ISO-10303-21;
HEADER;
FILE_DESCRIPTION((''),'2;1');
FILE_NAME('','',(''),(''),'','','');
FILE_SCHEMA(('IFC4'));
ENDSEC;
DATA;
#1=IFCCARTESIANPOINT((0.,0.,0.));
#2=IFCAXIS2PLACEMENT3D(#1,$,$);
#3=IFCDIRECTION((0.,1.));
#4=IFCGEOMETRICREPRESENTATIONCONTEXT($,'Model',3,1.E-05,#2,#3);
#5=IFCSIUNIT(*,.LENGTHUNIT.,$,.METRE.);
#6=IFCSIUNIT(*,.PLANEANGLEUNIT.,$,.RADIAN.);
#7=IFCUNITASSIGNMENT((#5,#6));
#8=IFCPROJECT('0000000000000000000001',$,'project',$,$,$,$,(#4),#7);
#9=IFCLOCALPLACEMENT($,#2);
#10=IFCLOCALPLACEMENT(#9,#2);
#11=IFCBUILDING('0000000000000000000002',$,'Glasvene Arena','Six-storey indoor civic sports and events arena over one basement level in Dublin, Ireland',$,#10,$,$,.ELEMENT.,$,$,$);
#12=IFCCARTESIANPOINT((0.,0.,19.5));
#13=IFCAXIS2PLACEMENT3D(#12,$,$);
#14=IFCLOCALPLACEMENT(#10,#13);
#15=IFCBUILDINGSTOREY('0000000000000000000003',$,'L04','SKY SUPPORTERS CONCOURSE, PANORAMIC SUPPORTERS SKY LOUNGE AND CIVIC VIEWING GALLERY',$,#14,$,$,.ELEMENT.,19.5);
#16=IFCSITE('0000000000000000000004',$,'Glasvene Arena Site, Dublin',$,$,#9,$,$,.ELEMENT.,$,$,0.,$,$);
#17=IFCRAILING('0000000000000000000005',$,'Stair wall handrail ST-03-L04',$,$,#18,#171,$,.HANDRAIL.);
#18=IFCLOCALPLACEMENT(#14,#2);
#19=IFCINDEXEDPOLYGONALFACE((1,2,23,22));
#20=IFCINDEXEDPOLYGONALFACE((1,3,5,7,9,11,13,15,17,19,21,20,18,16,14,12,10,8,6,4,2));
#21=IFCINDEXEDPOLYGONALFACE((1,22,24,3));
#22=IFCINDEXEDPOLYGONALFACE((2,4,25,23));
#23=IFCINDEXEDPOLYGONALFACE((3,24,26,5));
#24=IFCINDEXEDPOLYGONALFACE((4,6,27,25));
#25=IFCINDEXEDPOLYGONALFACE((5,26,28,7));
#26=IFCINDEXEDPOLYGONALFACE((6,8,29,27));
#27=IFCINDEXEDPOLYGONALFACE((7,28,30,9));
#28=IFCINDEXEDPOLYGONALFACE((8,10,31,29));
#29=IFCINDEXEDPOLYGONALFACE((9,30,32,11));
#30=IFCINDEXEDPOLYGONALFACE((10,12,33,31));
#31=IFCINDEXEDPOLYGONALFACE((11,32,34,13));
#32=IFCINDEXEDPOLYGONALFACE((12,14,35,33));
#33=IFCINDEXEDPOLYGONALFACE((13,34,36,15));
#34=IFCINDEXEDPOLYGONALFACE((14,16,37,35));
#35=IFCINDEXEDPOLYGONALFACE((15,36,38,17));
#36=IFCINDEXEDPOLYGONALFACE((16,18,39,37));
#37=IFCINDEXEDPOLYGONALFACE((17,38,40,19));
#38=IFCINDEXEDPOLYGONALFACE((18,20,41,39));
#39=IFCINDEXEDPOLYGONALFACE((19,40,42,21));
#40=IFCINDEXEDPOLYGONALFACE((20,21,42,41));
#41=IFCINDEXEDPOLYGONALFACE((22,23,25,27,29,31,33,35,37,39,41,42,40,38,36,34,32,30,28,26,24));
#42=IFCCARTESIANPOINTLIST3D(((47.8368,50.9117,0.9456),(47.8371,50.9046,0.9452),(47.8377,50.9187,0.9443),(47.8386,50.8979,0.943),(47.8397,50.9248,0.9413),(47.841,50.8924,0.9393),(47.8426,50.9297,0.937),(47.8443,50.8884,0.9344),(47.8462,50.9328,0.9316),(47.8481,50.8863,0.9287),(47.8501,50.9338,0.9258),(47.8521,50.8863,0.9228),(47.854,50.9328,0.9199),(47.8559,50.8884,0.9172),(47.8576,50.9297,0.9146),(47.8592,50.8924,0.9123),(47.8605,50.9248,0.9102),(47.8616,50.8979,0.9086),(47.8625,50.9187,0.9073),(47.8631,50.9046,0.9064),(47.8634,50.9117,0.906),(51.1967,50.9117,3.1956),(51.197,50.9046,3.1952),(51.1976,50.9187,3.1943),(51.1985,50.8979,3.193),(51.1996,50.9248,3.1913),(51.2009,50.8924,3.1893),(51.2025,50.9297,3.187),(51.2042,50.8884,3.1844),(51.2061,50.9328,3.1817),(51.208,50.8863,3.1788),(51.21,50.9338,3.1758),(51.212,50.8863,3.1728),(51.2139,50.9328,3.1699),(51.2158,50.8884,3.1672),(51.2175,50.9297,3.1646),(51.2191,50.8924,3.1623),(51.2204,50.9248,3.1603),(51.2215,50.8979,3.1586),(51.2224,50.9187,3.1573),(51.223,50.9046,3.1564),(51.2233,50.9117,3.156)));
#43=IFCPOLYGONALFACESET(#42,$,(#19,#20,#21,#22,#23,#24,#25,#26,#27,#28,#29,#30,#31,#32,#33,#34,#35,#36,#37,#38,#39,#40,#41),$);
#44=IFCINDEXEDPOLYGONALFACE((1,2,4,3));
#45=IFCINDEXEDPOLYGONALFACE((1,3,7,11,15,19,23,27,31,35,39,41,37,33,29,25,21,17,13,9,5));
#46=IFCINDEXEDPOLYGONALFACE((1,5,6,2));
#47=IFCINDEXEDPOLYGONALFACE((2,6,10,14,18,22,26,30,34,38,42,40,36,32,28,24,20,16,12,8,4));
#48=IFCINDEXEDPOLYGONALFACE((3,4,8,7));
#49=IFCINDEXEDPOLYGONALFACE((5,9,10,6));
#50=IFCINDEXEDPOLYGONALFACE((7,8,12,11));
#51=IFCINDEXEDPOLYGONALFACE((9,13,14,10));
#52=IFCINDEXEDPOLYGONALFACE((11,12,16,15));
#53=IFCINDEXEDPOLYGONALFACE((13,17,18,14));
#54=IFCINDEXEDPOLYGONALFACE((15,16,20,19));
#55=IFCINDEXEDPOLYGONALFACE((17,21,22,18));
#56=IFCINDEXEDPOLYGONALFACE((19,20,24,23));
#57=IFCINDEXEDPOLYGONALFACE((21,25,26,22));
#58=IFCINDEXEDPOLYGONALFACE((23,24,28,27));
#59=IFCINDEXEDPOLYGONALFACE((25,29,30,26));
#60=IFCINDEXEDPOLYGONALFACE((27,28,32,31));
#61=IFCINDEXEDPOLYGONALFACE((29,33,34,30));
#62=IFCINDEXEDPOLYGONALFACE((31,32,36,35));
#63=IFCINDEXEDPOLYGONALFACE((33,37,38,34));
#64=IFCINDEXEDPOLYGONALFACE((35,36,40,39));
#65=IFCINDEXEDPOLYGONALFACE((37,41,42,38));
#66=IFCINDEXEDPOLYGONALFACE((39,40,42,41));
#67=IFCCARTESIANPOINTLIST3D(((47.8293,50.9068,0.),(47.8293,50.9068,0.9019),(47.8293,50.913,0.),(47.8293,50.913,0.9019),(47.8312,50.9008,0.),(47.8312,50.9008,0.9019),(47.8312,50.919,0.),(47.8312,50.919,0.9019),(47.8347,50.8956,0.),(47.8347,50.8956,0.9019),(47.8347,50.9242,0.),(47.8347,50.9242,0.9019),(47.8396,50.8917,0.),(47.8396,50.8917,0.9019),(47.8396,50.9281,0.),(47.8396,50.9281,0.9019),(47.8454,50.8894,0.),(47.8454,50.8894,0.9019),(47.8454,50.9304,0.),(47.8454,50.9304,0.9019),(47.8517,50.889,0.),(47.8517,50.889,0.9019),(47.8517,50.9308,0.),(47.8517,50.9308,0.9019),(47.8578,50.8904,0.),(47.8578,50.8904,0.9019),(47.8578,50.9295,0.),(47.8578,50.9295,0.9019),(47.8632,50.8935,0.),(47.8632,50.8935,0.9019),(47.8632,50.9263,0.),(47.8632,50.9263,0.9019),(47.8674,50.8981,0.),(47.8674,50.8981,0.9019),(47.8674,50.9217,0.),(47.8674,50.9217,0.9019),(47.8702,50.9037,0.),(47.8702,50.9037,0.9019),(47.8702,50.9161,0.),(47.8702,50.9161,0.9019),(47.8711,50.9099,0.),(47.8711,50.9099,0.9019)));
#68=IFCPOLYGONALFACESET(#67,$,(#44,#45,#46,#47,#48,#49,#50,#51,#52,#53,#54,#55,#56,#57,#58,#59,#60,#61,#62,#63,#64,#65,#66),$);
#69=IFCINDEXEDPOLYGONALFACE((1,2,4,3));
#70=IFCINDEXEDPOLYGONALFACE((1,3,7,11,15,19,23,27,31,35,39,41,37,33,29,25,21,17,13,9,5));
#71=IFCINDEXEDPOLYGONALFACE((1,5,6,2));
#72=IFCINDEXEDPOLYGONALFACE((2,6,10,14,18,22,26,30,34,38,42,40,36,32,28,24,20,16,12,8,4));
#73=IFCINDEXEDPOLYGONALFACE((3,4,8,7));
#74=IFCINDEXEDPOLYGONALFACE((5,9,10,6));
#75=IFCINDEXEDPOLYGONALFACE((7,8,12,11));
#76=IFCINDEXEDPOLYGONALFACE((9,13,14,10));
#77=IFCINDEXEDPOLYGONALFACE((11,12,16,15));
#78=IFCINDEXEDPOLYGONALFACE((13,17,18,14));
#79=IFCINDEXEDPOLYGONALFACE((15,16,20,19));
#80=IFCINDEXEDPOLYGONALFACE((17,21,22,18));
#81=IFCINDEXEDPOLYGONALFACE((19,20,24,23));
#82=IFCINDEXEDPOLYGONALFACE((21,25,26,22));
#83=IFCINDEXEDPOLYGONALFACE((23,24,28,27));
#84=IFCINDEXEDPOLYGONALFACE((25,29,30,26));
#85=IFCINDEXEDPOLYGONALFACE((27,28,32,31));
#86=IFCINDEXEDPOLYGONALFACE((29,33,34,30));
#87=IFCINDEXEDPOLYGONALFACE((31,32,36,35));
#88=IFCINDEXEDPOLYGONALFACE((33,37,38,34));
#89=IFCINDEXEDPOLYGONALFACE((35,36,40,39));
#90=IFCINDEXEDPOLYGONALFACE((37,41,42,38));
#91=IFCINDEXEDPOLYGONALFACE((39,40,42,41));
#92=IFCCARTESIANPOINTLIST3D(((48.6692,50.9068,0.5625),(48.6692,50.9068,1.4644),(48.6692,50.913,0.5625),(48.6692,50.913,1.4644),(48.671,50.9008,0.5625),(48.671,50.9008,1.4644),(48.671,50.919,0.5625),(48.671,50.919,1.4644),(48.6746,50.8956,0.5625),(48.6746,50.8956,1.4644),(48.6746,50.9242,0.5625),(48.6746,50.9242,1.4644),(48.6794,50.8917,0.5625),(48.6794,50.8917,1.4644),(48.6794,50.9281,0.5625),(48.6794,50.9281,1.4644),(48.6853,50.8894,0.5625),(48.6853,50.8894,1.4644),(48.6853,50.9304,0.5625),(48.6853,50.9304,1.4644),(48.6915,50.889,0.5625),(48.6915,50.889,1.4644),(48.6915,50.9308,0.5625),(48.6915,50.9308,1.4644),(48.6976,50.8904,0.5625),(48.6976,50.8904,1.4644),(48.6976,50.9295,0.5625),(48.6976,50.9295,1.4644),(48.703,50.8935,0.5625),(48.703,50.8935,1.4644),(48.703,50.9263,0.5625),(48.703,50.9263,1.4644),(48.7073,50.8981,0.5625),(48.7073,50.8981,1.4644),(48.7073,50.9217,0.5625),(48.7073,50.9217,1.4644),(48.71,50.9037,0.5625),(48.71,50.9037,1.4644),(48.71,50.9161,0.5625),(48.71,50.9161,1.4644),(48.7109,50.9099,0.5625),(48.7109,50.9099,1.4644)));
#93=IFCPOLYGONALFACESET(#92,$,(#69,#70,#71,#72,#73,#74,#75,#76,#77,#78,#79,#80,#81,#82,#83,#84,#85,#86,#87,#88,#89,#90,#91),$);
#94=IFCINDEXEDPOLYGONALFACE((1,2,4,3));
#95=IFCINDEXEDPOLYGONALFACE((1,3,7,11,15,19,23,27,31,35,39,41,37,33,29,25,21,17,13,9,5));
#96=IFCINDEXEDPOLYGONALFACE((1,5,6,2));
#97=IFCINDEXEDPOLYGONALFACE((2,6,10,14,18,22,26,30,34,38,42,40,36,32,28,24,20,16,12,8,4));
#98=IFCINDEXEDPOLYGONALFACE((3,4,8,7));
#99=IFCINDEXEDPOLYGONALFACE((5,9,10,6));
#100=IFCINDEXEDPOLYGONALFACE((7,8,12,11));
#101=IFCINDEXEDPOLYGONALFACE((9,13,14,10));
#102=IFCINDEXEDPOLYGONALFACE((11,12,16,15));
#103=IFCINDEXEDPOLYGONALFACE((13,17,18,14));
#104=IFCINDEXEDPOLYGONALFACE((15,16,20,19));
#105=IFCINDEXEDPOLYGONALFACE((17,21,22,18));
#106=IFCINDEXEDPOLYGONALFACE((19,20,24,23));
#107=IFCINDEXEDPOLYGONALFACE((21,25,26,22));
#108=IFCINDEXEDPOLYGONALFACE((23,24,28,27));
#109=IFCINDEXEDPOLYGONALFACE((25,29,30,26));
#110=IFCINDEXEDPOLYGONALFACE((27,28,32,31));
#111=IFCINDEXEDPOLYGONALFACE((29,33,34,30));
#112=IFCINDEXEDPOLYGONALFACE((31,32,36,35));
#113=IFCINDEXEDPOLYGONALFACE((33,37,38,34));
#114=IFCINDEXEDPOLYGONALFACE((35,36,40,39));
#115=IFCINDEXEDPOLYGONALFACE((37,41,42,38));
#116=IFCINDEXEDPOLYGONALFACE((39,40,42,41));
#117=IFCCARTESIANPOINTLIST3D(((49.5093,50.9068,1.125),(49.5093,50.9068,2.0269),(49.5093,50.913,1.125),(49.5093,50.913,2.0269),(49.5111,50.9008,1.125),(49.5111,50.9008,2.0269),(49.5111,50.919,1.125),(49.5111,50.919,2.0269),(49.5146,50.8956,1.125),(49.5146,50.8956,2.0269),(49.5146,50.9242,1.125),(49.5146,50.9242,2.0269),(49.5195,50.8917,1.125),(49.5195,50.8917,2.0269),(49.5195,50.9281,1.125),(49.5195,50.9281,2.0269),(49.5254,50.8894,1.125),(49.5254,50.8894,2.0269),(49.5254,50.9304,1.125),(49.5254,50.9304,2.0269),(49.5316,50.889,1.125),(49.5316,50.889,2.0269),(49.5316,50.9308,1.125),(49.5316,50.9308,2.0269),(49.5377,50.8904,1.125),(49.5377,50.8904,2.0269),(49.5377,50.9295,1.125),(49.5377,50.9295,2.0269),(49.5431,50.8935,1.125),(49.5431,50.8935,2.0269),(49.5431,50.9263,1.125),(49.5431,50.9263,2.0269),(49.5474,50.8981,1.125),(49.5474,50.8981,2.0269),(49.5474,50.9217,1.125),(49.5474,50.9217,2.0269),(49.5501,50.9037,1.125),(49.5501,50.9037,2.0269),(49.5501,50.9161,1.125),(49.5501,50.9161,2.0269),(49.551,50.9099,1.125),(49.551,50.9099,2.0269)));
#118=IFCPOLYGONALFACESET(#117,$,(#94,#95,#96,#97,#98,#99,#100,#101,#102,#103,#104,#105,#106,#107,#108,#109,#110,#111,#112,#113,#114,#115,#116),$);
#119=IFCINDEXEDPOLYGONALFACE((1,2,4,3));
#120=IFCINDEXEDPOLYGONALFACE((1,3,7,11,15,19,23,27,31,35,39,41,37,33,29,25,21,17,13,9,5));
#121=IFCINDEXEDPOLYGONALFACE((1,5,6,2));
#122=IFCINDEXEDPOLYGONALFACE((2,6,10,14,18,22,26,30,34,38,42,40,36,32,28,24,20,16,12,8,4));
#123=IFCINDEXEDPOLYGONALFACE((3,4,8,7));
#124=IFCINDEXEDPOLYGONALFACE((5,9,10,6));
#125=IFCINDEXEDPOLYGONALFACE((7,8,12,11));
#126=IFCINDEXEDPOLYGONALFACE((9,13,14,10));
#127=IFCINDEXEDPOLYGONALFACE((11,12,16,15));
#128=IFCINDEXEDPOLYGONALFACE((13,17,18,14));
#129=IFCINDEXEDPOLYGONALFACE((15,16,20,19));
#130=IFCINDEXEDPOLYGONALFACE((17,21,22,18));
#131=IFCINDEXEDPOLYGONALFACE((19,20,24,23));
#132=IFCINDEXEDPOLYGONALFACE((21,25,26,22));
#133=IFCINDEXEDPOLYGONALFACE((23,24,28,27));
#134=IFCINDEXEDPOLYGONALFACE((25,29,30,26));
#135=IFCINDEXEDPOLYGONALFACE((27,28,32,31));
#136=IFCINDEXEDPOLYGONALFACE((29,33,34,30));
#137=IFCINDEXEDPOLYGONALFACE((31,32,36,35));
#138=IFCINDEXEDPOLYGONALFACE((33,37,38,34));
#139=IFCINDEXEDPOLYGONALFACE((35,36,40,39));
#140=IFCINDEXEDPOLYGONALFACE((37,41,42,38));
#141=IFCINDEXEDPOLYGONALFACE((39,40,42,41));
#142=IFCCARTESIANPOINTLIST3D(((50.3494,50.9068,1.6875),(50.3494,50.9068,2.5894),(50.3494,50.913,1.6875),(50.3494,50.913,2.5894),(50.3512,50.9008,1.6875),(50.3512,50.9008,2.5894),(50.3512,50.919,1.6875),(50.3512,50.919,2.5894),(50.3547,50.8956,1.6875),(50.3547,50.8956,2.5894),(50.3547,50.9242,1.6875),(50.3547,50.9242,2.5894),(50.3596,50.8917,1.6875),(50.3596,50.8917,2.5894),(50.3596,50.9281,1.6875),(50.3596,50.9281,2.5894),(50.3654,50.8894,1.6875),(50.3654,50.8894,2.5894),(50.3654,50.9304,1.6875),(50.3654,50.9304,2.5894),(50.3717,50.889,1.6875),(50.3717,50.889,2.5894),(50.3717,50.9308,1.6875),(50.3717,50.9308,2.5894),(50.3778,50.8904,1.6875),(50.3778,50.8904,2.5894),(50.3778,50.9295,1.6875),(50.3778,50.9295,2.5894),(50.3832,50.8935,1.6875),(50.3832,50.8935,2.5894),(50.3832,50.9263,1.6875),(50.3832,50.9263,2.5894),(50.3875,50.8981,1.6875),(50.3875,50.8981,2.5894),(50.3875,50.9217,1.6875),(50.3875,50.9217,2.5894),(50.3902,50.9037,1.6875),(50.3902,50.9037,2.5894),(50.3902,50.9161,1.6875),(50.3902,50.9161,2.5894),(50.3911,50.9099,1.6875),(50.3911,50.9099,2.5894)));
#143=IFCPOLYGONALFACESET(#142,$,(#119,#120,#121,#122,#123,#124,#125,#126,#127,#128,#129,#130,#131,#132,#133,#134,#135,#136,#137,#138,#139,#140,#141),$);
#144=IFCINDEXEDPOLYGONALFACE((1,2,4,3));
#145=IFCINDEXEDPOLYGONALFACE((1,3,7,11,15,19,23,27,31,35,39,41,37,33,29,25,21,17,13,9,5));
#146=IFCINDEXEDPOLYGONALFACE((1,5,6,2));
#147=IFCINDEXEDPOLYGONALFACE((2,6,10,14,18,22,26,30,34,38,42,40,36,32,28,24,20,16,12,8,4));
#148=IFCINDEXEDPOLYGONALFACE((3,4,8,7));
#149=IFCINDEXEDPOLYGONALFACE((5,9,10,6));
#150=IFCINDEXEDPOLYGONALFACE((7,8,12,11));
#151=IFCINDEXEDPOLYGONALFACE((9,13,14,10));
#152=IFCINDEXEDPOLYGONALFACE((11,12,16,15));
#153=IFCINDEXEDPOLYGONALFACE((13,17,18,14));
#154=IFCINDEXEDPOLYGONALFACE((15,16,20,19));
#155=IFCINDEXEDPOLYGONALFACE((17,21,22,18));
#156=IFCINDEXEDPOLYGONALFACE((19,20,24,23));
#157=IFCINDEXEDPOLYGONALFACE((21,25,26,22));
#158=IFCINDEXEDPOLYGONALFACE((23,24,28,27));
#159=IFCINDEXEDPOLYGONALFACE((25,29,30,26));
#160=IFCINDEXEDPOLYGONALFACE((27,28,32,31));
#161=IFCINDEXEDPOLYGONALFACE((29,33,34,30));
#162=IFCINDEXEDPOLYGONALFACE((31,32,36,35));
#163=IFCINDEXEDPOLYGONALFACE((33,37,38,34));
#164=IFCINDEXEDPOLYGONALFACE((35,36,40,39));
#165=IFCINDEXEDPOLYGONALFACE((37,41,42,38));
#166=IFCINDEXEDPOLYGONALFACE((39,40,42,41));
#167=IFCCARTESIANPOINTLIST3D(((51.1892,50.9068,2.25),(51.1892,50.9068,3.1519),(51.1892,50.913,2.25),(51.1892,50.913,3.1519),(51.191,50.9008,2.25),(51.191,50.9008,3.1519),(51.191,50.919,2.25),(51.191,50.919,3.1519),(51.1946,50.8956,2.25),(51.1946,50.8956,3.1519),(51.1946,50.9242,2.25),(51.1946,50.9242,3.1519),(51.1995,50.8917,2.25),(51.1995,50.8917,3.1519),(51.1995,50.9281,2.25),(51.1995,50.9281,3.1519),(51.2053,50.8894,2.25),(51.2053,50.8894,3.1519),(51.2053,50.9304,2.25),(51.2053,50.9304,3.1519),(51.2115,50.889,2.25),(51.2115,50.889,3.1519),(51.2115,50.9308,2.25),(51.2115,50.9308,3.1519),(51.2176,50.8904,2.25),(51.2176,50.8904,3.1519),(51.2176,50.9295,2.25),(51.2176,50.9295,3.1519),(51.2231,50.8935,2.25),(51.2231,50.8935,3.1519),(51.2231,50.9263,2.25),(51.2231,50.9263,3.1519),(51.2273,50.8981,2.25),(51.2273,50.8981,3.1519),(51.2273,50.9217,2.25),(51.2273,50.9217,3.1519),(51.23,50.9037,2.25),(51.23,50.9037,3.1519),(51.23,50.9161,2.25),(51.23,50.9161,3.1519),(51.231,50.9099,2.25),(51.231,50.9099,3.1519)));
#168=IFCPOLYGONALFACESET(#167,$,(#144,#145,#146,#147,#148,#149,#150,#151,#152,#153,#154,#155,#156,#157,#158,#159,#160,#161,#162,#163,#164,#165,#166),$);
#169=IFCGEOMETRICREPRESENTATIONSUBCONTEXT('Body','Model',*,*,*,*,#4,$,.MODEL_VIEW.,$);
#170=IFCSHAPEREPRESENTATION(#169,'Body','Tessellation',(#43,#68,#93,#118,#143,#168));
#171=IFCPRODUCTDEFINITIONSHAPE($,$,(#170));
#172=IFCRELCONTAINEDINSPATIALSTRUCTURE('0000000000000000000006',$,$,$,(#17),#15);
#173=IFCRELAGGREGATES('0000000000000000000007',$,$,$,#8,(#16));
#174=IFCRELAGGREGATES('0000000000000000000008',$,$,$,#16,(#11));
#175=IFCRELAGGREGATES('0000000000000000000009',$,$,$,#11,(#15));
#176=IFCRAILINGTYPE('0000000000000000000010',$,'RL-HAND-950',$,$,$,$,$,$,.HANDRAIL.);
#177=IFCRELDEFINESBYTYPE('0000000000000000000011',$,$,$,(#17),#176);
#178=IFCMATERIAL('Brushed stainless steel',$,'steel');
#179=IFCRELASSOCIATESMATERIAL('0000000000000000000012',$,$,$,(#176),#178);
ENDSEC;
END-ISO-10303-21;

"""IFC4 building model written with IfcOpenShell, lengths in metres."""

from ifc_helpers import new_model, si_unit, direction, frame, origin, origin_2d, place, context, subcontext, project, spatial, circle, extrude, material, type_object, element, save


model = new_model("IFC4")

# Units and contexts
model_context = context("Model", 3, precision=1e-05, world=origin(), true_north=direction((0.0, 1.0)))
body_context = subcontext(model_context, "Body", "Model", "MODEL_VIEW")
ifc_project = project(units=[si_unit("LENGTHUNIT", "METRE"), si_unit("PLANEANGLEUNIT", "RADIAN")], contexts=[model_context])

# Site, building, storey
site_placement = place(None, origin())
site = spatial("IfcSite", under=ifc_project, at=site_placement, Name="Glasvene Arena Site, Dublin", CompositionType="ELEMENT", RefElevation=0.0)
building_placement = place(site_placement, origin())
building = spatial("IfcBuilding", under=site, at=building_placement, Name="Glasvene Arena", Description="Six-storey indoor civic sports and events arena over one basement level in Dublin, Ireland", CompositionType="ELEMENT")
storey_placement = place(building_placement, frame((0.0, 0.0, 19.5)))
storey = spatial("IfcBuildingStorey", under=building, at=storey_placement, Name="L04", Description="SKY SUPPORTERS CONCOURSE, PANORAMIC SUPPORTERS SKY LOUNGE AND CIVIC VIEWING GALLERY", CompositionType="ELEMENT", Elevation=19.5)

# Shared definitions
ifc_material_1 = material(Name="Brushed stainless steel", Category="steel")

# Railing
railing_type = type_object("IfcRailingType", Name="RL-HAND-950", PredefinedType="HANDRAIL", material=ifc_material_1)
railing_placement = place(storey_placement, frame((47.8501, 50.9099, 0.0)))
element("IfcRailing", 1, at=railing_placement, inside=storey, type_object=railing_type, Name="Stair wall handrail ST-03-L04", PredefinedType="HANDRAIL", context=body_context, shape_type="SweptSolid", body=[
    extrude(circle(Radius=0.0239, at=origin_2d()), frame((0.0, 0.0, 0.9258), z_axis=(0.830897, 0.0, 0.556427), x_axis=(0.0, 1.0, 0.0)), (0.0, 0.0, 1.0), 4.0437),
    extrude(circle(Radius=0.021, at=origin_2d()), origin(), (0.0, 0.0, 1.0), 0.9019),
    extrude(circle(Radius=0.021, at=origin_2d()), frame((0.8398, 0.0, 0.5625)), (0.0, 0.0, 1.0), 0.9019),
    extrude(circle(Radius=0.021, at=origin_2d()), frame((1.6799, 0.0, 1.125)), (0.0, 0.0, 1.0), 0.9019),
    extrude(circle(Radius=0.021, at=origin_2d()), frame((2.52, 0.0, 1.6875)), (0.0, 0.0, 1.0), 0.9019),
    extrude(circle(Radius=0.021, at=origin_2d()), frame((3.3599, 0.0, 2.25)), (0.0, 0.0, 1.0), 0.9019),
])

save(model, "model.ifc")
